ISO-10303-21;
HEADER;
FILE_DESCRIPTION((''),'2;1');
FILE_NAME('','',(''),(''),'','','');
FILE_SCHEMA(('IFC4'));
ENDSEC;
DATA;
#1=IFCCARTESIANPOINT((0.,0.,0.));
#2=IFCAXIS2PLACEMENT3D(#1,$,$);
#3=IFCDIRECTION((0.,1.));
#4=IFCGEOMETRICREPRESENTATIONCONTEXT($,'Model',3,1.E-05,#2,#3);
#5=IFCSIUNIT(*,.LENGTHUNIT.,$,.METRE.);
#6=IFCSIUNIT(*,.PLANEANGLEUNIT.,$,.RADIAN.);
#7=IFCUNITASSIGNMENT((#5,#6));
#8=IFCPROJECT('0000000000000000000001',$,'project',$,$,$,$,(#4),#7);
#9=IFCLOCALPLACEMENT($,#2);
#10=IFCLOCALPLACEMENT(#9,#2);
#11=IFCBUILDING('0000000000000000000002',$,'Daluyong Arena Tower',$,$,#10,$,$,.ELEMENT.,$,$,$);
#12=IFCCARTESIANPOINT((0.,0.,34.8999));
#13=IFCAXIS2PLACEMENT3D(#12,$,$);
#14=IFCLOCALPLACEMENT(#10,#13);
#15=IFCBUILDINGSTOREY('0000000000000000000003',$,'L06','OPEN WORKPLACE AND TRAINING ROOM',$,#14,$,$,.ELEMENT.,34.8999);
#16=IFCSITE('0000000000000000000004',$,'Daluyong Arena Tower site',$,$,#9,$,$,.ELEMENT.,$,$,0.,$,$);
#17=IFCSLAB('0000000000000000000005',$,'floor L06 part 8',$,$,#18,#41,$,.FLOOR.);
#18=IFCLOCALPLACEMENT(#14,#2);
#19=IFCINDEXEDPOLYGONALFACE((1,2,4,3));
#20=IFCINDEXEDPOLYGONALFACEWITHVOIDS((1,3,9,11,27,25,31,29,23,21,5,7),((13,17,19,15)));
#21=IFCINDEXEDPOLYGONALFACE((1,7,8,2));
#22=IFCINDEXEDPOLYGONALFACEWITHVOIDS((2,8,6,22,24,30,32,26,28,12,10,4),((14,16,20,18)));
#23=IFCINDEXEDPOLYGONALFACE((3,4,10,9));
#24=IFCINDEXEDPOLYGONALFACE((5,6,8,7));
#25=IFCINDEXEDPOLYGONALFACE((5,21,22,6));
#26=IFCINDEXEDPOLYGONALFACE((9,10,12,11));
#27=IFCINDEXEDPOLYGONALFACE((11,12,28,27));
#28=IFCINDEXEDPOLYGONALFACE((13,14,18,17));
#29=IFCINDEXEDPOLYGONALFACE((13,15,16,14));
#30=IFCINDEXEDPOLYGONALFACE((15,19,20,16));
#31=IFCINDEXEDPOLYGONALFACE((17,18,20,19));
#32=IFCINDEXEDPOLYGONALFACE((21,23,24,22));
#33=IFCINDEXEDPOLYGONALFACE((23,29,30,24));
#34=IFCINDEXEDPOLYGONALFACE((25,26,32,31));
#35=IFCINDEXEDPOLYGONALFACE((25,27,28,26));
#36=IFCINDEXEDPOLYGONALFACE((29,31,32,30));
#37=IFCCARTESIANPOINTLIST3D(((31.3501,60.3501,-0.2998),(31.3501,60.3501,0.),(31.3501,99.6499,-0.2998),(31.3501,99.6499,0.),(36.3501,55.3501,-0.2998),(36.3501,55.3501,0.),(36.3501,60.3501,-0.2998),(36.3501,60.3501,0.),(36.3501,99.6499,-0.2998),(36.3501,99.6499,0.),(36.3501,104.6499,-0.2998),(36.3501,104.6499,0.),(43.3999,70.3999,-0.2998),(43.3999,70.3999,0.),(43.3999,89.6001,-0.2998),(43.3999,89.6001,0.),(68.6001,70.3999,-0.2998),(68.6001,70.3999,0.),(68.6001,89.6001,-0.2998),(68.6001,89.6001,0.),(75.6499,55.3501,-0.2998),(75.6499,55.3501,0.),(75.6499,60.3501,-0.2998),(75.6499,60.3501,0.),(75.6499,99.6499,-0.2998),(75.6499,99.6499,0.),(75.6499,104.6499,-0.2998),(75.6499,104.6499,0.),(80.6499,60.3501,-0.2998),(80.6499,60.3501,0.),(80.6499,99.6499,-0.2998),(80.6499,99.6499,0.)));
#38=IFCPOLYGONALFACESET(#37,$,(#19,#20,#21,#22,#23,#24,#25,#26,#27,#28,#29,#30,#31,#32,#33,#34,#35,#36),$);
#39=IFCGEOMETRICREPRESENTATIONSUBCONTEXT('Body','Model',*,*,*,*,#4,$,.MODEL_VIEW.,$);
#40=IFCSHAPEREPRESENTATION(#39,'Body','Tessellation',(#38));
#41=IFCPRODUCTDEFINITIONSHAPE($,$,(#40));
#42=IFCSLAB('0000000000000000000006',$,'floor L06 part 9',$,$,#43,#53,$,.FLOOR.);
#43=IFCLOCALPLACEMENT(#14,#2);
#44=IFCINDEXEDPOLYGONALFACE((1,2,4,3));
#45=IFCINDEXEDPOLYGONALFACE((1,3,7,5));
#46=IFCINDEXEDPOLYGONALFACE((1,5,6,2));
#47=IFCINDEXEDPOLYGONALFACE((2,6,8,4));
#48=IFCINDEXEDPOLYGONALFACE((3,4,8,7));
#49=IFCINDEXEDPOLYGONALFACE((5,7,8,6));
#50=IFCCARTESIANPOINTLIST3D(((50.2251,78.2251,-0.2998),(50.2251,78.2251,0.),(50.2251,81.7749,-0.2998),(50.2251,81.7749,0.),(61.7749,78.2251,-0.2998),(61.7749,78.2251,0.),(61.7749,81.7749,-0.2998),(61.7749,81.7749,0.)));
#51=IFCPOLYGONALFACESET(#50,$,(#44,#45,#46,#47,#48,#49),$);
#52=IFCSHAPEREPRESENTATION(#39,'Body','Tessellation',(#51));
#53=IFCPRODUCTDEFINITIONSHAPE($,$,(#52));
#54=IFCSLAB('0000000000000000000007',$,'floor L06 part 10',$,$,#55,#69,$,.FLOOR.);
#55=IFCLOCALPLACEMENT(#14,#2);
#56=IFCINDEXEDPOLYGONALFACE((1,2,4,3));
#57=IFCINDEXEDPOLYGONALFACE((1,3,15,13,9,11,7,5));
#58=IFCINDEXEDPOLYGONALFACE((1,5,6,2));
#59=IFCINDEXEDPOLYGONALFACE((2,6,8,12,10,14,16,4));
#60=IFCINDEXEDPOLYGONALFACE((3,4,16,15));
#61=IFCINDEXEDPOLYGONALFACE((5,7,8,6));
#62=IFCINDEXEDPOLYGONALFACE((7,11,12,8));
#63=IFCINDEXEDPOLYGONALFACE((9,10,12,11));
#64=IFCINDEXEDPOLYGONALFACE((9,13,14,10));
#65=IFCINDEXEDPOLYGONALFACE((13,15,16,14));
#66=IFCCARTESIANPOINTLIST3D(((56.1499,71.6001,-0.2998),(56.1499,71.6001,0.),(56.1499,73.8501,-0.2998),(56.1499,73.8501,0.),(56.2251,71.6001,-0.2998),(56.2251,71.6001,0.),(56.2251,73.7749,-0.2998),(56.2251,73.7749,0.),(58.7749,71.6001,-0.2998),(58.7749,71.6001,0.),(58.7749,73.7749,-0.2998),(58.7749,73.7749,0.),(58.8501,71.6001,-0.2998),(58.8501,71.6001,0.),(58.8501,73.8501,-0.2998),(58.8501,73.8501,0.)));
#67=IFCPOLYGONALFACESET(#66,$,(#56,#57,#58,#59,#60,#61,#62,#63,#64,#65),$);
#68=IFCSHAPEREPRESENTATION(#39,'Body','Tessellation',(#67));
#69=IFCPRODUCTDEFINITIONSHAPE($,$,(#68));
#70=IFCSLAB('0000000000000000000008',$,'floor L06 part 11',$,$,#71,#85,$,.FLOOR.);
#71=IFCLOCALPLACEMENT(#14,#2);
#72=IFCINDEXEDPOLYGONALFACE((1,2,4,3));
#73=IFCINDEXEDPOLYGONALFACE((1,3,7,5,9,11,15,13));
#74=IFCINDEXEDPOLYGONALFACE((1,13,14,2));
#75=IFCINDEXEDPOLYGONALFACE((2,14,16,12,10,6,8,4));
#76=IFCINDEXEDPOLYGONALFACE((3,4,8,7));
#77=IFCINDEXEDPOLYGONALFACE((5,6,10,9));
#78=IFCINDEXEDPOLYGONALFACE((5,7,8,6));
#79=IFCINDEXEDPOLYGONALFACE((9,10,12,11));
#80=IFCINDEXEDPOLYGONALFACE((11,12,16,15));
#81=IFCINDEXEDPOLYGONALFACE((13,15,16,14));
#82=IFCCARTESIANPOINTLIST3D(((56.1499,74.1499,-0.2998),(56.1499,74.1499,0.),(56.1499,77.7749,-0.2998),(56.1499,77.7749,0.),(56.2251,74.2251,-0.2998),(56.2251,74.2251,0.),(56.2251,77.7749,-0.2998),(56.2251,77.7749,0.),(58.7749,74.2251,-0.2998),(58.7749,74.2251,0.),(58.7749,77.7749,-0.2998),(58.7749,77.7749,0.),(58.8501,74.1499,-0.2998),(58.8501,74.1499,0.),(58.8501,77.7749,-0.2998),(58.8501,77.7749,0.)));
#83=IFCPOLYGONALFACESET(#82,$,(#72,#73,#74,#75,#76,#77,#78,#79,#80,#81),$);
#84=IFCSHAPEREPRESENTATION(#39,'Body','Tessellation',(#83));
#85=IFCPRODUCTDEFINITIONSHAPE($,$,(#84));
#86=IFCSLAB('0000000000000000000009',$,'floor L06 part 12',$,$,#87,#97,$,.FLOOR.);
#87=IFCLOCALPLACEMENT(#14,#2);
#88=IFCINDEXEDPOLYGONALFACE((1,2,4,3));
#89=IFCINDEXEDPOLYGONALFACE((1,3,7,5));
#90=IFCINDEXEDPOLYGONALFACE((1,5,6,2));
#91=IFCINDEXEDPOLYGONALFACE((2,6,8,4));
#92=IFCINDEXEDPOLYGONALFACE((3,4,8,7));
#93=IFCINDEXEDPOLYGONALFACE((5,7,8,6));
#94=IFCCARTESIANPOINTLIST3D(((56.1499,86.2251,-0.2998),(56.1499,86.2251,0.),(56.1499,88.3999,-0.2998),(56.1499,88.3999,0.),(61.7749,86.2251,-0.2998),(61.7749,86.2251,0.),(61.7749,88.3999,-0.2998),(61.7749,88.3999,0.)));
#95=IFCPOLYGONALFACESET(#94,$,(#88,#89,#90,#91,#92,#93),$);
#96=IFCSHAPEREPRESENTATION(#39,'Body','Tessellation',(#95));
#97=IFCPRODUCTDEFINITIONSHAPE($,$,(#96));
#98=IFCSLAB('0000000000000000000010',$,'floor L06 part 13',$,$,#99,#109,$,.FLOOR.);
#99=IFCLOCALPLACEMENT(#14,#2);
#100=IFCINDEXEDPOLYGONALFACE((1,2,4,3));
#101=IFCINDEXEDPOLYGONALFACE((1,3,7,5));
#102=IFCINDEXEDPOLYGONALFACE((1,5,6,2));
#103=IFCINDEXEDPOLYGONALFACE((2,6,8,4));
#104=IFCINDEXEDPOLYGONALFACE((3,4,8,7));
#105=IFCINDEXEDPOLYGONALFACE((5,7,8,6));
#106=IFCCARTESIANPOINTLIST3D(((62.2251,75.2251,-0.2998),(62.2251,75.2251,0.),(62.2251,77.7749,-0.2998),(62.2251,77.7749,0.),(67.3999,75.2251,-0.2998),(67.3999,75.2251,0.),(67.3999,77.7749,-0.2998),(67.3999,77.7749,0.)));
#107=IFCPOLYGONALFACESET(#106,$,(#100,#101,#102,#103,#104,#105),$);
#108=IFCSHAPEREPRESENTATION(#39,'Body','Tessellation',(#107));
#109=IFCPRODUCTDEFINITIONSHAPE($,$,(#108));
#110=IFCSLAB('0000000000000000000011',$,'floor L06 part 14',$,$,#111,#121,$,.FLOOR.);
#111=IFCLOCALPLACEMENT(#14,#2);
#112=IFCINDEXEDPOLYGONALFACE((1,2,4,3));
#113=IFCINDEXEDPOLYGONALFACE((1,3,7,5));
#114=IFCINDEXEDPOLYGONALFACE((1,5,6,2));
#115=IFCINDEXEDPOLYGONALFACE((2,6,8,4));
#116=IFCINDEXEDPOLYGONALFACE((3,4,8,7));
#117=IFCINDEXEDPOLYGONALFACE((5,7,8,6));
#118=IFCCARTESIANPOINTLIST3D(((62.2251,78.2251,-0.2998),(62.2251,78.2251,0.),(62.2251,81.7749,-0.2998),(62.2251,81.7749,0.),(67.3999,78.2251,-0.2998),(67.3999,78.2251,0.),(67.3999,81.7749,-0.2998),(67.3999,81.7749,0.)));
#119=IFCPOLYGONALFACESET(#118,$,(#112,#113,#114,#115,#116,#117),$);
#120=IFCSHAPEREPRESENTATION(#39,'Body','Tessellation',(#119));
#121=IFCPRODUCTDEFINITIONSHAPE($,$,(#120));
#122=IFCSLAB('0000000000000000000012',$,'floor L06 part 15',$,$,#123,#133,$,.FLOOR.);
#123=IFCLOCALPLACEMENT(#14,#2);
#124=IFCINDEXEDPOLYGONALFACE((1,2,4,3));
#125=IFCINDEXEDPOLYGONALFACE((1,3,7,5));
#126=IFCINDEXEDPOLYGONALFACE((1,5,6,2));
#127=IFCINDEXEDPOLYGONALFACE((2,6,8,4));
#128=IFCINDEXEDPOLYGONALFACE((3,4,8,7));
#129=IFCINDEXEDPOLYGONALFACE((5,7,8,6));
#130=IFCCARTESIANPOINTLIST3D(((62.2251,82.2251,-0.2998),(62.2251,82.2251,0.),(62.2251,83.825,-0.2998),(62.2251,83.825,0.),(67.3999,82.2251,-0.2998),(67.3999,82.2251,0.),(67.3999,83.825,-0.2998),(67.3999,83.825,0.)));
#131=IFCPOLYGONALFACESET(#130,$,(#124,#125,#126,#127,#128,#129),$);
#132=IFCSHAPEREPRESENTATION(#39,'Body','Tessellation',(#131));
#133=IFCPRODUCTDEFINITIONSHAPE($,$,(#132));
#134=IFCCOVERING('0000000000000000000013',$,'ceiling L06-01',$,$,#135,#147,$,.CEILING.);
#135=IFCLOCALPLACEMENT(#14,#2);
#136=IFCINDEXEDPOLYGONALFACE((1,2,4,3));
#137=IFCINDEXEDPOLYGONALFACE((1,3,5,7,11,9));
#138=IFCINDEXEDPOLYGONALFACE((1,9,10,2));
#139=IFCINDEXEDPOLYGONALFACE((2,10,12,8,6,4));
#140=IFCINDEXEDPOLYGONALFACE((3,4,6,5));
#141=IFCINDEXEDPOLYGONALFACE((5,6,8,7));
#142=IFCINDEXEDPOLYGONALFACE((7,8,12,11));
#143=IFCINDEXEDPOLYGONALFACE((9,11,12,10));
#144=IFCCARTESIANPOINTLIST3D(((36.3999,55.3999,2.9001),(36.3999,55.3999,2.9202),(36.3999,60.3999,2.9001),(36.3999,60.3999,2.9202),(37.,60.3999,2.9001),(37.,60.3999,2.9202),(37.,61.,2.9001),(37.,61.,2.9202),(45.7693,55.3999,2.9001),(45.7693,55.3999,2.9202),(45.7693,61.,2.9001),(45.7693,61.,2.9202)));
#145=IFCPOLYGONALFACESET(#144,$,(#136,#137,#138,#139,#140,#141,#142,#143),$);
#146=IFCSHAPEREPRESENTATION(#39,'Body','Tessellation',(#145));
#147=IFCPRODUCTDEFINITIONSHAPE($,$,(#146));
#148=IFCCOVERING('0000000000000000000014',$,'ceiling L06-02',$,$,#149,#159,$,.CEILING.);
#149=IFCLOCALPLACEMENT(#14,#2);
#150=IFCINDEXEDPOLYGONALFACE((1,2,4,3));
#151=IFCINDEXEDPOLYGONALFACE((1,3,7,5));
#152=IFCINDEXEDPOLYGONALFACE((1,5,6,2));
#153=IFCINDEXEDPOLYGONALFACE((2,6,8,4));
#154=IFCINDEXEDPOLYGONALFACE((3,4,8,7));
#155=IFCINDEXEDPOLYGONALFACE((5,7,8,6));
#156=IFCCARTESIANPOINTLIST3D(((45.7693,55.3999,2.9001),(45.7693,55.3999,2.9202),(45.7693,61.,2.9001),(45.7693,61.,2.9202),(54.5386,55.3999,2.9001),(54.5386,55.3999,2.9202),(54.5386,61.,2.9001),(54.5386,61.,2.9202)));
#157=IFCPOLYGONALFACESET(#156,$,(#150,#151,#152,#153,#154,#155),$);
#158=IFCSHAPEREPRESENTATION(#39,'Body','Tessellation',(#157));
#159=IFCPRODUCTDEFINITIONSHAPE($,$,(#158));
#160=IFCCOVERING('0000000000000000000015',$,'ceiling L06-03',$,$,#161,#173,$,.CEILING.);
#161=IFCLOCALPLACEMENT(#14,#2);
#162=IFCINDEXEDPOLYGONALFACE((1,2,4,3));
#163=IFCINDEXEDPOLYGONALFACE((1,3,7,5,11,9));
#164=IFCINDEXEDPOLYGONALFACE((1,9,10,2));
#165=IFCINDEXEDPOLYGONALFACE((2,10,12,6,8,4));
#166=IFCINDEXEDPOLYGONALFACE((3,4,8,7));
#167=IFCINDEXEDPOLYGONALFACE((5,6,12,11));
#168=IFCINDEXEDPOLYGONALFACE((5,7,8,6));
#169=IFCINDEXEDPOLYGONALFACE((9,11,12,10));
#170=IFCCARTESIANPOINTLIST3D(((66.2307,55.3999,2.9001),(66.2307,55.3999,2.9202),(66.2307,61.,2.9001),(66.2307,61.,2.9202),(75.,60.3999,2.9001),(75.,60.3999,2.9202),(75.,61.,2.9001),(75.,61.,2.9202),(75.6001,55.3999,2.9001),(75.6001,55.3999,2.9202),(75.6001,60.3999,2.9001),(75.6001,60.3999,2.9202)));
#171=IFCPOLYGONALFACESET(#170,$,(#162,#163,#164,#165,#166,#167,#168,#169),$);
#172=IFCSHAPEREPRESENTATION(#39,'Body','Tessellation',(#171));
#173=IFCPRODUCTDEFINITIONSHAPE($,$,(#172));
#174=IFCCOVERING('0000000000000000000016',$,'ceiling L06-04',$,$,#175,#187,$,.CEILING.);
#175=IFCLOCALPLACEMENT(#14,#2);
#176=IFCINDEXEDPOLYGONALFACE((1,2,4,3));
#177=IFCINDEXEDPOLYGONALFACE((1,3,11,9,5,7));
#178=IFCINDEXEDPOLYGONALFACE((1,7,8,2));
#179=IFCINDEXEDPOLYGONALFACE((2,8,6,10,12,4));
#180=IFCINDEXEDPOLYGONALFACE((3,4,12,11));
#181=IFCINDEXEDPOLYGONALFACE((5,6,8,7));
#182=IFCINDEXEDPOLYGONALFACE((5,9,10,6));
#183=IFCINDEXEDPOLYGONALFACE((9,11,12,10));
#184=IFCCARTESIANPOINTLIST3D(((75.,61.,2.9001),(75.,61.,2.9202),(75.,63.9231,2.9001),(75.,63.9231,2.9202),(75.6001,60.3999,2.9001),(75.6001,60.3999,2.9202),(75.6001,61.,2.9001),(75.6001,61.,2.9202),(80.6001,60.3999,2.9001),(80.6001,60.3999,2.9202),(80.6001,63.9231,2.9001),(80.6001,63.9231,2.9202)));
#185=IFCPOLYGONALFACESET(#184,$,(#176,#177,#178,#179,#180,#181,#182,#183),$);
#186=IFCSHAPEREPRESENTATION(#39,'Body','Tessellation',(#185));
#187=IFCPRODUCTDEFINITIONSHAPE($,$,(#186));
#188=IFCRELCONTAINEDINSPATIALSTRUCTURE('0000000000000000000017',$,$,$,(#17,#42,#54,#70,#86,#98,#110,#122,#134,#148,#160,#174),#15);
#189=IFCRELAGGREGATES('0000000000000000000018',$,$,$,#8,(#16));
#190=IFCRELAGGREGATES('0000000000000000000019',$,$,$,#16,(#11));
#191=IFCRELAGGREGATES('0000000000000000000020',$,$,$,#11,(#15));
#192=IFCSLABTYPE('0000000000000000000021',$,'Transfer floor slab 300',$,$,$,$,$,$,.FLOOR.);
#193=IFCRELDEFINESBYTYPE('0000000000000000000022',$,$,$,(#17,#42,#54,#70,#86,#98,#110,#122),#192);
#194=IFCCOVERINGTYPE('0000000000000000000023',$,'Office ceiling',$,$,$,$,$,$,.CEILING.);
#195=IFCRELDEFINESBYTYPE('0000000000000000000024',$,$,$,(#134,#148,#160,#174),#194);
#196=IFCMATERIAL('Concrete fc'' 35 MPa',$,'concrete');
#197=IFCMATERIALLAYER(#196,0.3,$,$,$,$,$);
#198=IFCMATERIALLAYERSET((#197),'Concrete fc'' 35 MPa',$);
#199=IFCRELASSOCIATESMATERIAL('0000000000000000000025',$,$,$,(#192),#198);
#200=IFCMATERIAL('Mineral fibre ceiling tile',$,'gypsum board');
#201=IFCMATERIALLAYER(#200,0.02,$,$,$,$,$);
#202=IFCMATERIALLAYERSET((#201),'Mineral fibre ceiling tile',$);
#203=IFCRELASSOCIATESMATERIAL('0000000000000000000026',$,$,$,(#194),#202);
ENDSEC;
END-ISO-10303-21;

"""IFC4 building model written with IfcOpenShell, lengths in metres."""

from ifc_helpers import new_model, si_unit, direction, frame, origin, place, context, subcontext, project, spatial, polyline, outline, extrude, material, layer, layer_set, type_object, element, save


model = new_model("IFC4")

# Units and contexts
model_context = context("Model", 3, precision=1e-05, world=origin(), true_north=direction((0.0, 1.0)))
body_context = subcontext(model_context, "Body", "Model", "MODEL_VIEW")
ifc_project = project(units=[si_unit("LENGTHUNIT", "METRE"), si_unit("PLANEANGLEUNIT", "RADIAN")], contexts=[model_context])

# Site, building, storey
site_placement = place(None, origin())
site = spatial("IfcSite", under=ifc_project, at=site_placement, Name="Daluyong Arena Tower site", CompositionType="ELEMENT", RefElevation=0.0)
building_placement = place(site_placement, origin())
building = spatial("IfcBuilding", under=site, at=building_placement, Name="Daluyong Arena Tower", CompositionType="ELEMENT")
storey_placement = place(building_placement, frame((0.0, 0.0, 34.8999)))
storey = spatial("IfcBuildingStorey", under=building, at=storey_placement, Name="L06", Description="OPEN WORKPLACE AND TRAINING ROOM", CompositionType="ELEMENT", Elevation=34.8999)

# Slabs
ifc_material_1 = material(Name="Concrete fc' 35 MPa", Category="concrete")
ifc_layer_1 = layer(ifc_material_1, 0.3)
ifc_layer_set_1 = layer_set([ifc_layer_1], Name="Concrete fc' 35 MPa")
slab_type_1 = type_object("IfcSlabType", Name="Transfer floor slab 300", PredefinedType="FLOOR", material=ifc_layer_set_1)
slab_1_placement = place(storey_placement, frame((0.0, 0.0, -0.2998)))
element("IfcSlab", 1, at=slab_1_placement, inside=storey, type_object=slab_type_1, Name="floor L06 part 8", PredefinedType="FLOOR", context=body_context, shape_type="SweptSolid", body=[
    extrude(outline(polyline([(36.3501, 60.3501), (36.3501, 55.3501), (75.6499, 55.3501), (75.6499, 60.3501), (80.6499, 60.3501), (80.6499, 99.6499), (75.6499, 99.6499), (75.6499, 104.6499), (36.3501, 104.6499), (36.3501, 99.6499), (31.3501, 99.6499), (31.3501, 60.3501), (36.3501, 60.3501)]), holes=[polyline([(68.6001, 89.6001), (68.6001, 70.3999), (43.3999, 70.3999), (43.3999, 89.6001), (68.6001, 89.6001)])]), origin(), (0.0, 0.0, 1.0), 0.2998),
])
slab_2_placement = place(storey_placement, frame((0.0, 0.0, -0.2998)))
element("IfcSlab", 2, at=slab_2_placement, inside=storey, type_object=slab_type_1, Name="floor L06 part 9", PredefinedType="FLOOR", context=body_context, shape_type="SweptSolid", body=[
    extrude(outline(polyline([(61.7749, 81.7749), (50.2251, 81.7749), (50.2251, 78.2251), (61.7749, 78.2251), (61.7749, 81.7749)])), origin(), (0.0, 0.0, 1.0), 0.2998),
])
slab_3_placement = place(storey_placement, frame((0.0, 0.0, -0.2998)))
element("IfcSlab", 3, at=slab_3_placement, inside=storey, type_object=slab_type_1, Name="floor L06 part 10", PredefinedType="FLOOR", context=body_context, shape_type="SweptSolid", body=[
    extrude(outline(polyline([(58.7749, 73.7749), (58.7749, 71.6001), (58.8501, 71.6001), (58.8501, 73.8501), (56.1499, 73.8501), (56.1499, 71.6001), (56.2251, 71.6001), (56.2251, 73.7749), (58.7749, 73.7749)])), origin(), (0.0, 0.0, 1.0), 0.2998),
])
slab_4_placement = place(storey_placement, frame((0.0, 0.0, -0.2998)))
element("IfcSlab", 4, at=slab_4_placement, inside=storey, type_object=slab_type_1, Name="floor L06 part 11", PredefinedType="FLOOR", context=body_context, shape_type="SweptSolid", body=[
    extrude(outline(polyline([(56.1499, 77.7749), (56.1499, 74.1499), (58.8501, 74.1499), (58.8501, 77.7749), (58.7749, 77.7749), (58.7749, 74.2251), (56.2251, 74.2251), (56.2251, 77.7749), (56.1499, 77.7749)])), origin(), (0.0, 0.0, 1.0), 0.2998),
])
slab_5_placement = place(storey_placement, frame((0.0, 0.0, -0.2998)))
element("IfcSlab", 5, at=slab_5_placement, inside=storey, type_object=slab_type_1, Name="floor L06 part 12", PredefinedType="FLOOR", context=body_context, shape_type="SweptSolid", body=[
    extrude(outline(polyline([(56.1499, 86.2251), (61.7749, 86.2251), (61.7749, 88.3999), (56.1499, 88.3999), (56.1499, 86.2251)])), origin(), (0.0, 0.0, 1.0), 0.2998),
])
slab_6_placement = place(storey_placement, frame((0.0, 0.0, -0.2998)))
element("IfcSlab", 6, at=slab_6_placement, inside=storey, type_object=slab_type_1, Name="floor L06 part 13", PredefinedType="FLOOR", context=body_context, shape_type="SweptSolid", body=[
    extrude(outline(polyline([(67.3999, 75.2251), (67.3999, 77.7749), (62.2251, 77.7749), (62.2251, 75.2251), (67.3999, 75.2251)])), origin(), (0.0, 0.0, 1.0), 0.2998),
])
slab_7_placement = place(storey_placement, frame((0.0, 0.0, -0.2998)))
element("IfcSlab", 7, at=slab_7_placement, inside=storey, type_object=slab_type_1, Name="floor L06 part 14", PredefinedType="FLOOR", context=body_context, shape_type="SweptSolid", body=[
    extrude(outline(polyline([(67.3999, 78.2251), (67.3999, 81.7749), (62.2251, 81.7749), (62.2251, 78.2251), (67.3999, 78.2251)])), origin(), (0.0, 0.0, 1.0), 0.2998),
])
slab_8_placement = place(storey_placement, frame((0.0, 0.0, -0.2998)))
element("IfcSlab", 8, at=slab_8_placement, inside=storey, type_object=slab_type_1, Name="floor L06 part 15", PredefinedType="FLOOR", context=body_context, shape_type="SweptSolid", body=[
    extrude(outline(polyline([(67.3999, 82.2251), (67.3999, 83.825), (62.2251, 83.825), (62.2251, 82.2251), (67.3999, 82.2251)])), origin(), (0.0, 0.0, 1.0), 0.2998),
])

# Coverings
ifc_material_2 = material(Name="Mineral fibre ceiling tile", Category="gypsum board")
ifc_layer_2 = layer(ifc_material_2, 0.02)
ifc_layer_set_2 = layer_set([ifc_layer_2], Name="Mineral fibre ceiling tile")
covering_type = type_object("IfcCoveringType", Name="Office ceiling", PredefinedType="CEILING", material=ifc_layer_set_2)
covering_1_placement = place(storey_placement, frame((0.0, 0.0, 2.9001)))
element("IfcCovering", 9, at=covering_1_placement, inside=storey, type_object=covering_type, Name="ceiling L06-01", PredefinedType="CEILING", context=body_context, shape_type="SweptSolid", body=[
    extrude(outline(polyline([(36.3999, 60.3999), (36.3999, 55.3999), (45.7693, 55.3999), (45.7693, 61.0), (37.0, 61.0), (37.0, 60.3999), (36.3999, 60.3999)])), origin(), (0.0, 0.0, 1.0), 0.02),
])
covering_2_placement = place(storey_placement, frame((0.0, 0.0, 2.9001)))
element("IfcCovering", 10, at=covering_2_placement, inside=storey, type_object=covering_type, Name="ceiling L06-02", PredefinedType="CEILING", context=body_context, shape_type="SweptSolid", body=[
    extrude(outline(polyline([(45.7693, 61.0), (45.7693, 55.3999), (54.5386, 55.3999), (54.5386, 61.0), (45.7693, 61.0)])), origin(), (0.0, 0.0, 1.0), 0.02),
])
covering_3_placement = place(storey_placement, frame((0.0, 0.0, 2.9001)))
element("IfcCovering", 11, at=covering_3_placement, inside=storey, type_object=covering_type, Name="ceiling L06-03", PredefinedType="CEILING", context=body_context, shape_type="SweptSolid", body=[
    extrude(outline(polyline([(75.6001, 55.3999), (75.6001, 60.3999), (75.0, 60.3999), (75.0, 61.0), (66.2307, 61.0), (66.2307, 55.3999), (75.6001, 55.3999)])), origin(), (0.0, 0.0, 1.0), 0.02),
])
covering_4_placement = place(storey_placement, frame((0.0, 0.0, 2.9001)))
element("IfcCovering", 12, at=covering_4_placement, inside=storey, type_object=covering_type, Name="ceiling L06-04", PredefinedType="CEILING", context=body_context, shape_type="SweptSolid", body=[
    extrude(outline(polyline([(75.6001, 60.3999), (80.6001, 60.3999), (80.6001, 63.9231), (75.0, 63.9231), (75.0, 61.0), (75.6001, 61.0), (75.6001, 60.3999)])), origin(), (0.0, 0.0, 1.0), 0.02),
])

save(model, "model.ifc")
